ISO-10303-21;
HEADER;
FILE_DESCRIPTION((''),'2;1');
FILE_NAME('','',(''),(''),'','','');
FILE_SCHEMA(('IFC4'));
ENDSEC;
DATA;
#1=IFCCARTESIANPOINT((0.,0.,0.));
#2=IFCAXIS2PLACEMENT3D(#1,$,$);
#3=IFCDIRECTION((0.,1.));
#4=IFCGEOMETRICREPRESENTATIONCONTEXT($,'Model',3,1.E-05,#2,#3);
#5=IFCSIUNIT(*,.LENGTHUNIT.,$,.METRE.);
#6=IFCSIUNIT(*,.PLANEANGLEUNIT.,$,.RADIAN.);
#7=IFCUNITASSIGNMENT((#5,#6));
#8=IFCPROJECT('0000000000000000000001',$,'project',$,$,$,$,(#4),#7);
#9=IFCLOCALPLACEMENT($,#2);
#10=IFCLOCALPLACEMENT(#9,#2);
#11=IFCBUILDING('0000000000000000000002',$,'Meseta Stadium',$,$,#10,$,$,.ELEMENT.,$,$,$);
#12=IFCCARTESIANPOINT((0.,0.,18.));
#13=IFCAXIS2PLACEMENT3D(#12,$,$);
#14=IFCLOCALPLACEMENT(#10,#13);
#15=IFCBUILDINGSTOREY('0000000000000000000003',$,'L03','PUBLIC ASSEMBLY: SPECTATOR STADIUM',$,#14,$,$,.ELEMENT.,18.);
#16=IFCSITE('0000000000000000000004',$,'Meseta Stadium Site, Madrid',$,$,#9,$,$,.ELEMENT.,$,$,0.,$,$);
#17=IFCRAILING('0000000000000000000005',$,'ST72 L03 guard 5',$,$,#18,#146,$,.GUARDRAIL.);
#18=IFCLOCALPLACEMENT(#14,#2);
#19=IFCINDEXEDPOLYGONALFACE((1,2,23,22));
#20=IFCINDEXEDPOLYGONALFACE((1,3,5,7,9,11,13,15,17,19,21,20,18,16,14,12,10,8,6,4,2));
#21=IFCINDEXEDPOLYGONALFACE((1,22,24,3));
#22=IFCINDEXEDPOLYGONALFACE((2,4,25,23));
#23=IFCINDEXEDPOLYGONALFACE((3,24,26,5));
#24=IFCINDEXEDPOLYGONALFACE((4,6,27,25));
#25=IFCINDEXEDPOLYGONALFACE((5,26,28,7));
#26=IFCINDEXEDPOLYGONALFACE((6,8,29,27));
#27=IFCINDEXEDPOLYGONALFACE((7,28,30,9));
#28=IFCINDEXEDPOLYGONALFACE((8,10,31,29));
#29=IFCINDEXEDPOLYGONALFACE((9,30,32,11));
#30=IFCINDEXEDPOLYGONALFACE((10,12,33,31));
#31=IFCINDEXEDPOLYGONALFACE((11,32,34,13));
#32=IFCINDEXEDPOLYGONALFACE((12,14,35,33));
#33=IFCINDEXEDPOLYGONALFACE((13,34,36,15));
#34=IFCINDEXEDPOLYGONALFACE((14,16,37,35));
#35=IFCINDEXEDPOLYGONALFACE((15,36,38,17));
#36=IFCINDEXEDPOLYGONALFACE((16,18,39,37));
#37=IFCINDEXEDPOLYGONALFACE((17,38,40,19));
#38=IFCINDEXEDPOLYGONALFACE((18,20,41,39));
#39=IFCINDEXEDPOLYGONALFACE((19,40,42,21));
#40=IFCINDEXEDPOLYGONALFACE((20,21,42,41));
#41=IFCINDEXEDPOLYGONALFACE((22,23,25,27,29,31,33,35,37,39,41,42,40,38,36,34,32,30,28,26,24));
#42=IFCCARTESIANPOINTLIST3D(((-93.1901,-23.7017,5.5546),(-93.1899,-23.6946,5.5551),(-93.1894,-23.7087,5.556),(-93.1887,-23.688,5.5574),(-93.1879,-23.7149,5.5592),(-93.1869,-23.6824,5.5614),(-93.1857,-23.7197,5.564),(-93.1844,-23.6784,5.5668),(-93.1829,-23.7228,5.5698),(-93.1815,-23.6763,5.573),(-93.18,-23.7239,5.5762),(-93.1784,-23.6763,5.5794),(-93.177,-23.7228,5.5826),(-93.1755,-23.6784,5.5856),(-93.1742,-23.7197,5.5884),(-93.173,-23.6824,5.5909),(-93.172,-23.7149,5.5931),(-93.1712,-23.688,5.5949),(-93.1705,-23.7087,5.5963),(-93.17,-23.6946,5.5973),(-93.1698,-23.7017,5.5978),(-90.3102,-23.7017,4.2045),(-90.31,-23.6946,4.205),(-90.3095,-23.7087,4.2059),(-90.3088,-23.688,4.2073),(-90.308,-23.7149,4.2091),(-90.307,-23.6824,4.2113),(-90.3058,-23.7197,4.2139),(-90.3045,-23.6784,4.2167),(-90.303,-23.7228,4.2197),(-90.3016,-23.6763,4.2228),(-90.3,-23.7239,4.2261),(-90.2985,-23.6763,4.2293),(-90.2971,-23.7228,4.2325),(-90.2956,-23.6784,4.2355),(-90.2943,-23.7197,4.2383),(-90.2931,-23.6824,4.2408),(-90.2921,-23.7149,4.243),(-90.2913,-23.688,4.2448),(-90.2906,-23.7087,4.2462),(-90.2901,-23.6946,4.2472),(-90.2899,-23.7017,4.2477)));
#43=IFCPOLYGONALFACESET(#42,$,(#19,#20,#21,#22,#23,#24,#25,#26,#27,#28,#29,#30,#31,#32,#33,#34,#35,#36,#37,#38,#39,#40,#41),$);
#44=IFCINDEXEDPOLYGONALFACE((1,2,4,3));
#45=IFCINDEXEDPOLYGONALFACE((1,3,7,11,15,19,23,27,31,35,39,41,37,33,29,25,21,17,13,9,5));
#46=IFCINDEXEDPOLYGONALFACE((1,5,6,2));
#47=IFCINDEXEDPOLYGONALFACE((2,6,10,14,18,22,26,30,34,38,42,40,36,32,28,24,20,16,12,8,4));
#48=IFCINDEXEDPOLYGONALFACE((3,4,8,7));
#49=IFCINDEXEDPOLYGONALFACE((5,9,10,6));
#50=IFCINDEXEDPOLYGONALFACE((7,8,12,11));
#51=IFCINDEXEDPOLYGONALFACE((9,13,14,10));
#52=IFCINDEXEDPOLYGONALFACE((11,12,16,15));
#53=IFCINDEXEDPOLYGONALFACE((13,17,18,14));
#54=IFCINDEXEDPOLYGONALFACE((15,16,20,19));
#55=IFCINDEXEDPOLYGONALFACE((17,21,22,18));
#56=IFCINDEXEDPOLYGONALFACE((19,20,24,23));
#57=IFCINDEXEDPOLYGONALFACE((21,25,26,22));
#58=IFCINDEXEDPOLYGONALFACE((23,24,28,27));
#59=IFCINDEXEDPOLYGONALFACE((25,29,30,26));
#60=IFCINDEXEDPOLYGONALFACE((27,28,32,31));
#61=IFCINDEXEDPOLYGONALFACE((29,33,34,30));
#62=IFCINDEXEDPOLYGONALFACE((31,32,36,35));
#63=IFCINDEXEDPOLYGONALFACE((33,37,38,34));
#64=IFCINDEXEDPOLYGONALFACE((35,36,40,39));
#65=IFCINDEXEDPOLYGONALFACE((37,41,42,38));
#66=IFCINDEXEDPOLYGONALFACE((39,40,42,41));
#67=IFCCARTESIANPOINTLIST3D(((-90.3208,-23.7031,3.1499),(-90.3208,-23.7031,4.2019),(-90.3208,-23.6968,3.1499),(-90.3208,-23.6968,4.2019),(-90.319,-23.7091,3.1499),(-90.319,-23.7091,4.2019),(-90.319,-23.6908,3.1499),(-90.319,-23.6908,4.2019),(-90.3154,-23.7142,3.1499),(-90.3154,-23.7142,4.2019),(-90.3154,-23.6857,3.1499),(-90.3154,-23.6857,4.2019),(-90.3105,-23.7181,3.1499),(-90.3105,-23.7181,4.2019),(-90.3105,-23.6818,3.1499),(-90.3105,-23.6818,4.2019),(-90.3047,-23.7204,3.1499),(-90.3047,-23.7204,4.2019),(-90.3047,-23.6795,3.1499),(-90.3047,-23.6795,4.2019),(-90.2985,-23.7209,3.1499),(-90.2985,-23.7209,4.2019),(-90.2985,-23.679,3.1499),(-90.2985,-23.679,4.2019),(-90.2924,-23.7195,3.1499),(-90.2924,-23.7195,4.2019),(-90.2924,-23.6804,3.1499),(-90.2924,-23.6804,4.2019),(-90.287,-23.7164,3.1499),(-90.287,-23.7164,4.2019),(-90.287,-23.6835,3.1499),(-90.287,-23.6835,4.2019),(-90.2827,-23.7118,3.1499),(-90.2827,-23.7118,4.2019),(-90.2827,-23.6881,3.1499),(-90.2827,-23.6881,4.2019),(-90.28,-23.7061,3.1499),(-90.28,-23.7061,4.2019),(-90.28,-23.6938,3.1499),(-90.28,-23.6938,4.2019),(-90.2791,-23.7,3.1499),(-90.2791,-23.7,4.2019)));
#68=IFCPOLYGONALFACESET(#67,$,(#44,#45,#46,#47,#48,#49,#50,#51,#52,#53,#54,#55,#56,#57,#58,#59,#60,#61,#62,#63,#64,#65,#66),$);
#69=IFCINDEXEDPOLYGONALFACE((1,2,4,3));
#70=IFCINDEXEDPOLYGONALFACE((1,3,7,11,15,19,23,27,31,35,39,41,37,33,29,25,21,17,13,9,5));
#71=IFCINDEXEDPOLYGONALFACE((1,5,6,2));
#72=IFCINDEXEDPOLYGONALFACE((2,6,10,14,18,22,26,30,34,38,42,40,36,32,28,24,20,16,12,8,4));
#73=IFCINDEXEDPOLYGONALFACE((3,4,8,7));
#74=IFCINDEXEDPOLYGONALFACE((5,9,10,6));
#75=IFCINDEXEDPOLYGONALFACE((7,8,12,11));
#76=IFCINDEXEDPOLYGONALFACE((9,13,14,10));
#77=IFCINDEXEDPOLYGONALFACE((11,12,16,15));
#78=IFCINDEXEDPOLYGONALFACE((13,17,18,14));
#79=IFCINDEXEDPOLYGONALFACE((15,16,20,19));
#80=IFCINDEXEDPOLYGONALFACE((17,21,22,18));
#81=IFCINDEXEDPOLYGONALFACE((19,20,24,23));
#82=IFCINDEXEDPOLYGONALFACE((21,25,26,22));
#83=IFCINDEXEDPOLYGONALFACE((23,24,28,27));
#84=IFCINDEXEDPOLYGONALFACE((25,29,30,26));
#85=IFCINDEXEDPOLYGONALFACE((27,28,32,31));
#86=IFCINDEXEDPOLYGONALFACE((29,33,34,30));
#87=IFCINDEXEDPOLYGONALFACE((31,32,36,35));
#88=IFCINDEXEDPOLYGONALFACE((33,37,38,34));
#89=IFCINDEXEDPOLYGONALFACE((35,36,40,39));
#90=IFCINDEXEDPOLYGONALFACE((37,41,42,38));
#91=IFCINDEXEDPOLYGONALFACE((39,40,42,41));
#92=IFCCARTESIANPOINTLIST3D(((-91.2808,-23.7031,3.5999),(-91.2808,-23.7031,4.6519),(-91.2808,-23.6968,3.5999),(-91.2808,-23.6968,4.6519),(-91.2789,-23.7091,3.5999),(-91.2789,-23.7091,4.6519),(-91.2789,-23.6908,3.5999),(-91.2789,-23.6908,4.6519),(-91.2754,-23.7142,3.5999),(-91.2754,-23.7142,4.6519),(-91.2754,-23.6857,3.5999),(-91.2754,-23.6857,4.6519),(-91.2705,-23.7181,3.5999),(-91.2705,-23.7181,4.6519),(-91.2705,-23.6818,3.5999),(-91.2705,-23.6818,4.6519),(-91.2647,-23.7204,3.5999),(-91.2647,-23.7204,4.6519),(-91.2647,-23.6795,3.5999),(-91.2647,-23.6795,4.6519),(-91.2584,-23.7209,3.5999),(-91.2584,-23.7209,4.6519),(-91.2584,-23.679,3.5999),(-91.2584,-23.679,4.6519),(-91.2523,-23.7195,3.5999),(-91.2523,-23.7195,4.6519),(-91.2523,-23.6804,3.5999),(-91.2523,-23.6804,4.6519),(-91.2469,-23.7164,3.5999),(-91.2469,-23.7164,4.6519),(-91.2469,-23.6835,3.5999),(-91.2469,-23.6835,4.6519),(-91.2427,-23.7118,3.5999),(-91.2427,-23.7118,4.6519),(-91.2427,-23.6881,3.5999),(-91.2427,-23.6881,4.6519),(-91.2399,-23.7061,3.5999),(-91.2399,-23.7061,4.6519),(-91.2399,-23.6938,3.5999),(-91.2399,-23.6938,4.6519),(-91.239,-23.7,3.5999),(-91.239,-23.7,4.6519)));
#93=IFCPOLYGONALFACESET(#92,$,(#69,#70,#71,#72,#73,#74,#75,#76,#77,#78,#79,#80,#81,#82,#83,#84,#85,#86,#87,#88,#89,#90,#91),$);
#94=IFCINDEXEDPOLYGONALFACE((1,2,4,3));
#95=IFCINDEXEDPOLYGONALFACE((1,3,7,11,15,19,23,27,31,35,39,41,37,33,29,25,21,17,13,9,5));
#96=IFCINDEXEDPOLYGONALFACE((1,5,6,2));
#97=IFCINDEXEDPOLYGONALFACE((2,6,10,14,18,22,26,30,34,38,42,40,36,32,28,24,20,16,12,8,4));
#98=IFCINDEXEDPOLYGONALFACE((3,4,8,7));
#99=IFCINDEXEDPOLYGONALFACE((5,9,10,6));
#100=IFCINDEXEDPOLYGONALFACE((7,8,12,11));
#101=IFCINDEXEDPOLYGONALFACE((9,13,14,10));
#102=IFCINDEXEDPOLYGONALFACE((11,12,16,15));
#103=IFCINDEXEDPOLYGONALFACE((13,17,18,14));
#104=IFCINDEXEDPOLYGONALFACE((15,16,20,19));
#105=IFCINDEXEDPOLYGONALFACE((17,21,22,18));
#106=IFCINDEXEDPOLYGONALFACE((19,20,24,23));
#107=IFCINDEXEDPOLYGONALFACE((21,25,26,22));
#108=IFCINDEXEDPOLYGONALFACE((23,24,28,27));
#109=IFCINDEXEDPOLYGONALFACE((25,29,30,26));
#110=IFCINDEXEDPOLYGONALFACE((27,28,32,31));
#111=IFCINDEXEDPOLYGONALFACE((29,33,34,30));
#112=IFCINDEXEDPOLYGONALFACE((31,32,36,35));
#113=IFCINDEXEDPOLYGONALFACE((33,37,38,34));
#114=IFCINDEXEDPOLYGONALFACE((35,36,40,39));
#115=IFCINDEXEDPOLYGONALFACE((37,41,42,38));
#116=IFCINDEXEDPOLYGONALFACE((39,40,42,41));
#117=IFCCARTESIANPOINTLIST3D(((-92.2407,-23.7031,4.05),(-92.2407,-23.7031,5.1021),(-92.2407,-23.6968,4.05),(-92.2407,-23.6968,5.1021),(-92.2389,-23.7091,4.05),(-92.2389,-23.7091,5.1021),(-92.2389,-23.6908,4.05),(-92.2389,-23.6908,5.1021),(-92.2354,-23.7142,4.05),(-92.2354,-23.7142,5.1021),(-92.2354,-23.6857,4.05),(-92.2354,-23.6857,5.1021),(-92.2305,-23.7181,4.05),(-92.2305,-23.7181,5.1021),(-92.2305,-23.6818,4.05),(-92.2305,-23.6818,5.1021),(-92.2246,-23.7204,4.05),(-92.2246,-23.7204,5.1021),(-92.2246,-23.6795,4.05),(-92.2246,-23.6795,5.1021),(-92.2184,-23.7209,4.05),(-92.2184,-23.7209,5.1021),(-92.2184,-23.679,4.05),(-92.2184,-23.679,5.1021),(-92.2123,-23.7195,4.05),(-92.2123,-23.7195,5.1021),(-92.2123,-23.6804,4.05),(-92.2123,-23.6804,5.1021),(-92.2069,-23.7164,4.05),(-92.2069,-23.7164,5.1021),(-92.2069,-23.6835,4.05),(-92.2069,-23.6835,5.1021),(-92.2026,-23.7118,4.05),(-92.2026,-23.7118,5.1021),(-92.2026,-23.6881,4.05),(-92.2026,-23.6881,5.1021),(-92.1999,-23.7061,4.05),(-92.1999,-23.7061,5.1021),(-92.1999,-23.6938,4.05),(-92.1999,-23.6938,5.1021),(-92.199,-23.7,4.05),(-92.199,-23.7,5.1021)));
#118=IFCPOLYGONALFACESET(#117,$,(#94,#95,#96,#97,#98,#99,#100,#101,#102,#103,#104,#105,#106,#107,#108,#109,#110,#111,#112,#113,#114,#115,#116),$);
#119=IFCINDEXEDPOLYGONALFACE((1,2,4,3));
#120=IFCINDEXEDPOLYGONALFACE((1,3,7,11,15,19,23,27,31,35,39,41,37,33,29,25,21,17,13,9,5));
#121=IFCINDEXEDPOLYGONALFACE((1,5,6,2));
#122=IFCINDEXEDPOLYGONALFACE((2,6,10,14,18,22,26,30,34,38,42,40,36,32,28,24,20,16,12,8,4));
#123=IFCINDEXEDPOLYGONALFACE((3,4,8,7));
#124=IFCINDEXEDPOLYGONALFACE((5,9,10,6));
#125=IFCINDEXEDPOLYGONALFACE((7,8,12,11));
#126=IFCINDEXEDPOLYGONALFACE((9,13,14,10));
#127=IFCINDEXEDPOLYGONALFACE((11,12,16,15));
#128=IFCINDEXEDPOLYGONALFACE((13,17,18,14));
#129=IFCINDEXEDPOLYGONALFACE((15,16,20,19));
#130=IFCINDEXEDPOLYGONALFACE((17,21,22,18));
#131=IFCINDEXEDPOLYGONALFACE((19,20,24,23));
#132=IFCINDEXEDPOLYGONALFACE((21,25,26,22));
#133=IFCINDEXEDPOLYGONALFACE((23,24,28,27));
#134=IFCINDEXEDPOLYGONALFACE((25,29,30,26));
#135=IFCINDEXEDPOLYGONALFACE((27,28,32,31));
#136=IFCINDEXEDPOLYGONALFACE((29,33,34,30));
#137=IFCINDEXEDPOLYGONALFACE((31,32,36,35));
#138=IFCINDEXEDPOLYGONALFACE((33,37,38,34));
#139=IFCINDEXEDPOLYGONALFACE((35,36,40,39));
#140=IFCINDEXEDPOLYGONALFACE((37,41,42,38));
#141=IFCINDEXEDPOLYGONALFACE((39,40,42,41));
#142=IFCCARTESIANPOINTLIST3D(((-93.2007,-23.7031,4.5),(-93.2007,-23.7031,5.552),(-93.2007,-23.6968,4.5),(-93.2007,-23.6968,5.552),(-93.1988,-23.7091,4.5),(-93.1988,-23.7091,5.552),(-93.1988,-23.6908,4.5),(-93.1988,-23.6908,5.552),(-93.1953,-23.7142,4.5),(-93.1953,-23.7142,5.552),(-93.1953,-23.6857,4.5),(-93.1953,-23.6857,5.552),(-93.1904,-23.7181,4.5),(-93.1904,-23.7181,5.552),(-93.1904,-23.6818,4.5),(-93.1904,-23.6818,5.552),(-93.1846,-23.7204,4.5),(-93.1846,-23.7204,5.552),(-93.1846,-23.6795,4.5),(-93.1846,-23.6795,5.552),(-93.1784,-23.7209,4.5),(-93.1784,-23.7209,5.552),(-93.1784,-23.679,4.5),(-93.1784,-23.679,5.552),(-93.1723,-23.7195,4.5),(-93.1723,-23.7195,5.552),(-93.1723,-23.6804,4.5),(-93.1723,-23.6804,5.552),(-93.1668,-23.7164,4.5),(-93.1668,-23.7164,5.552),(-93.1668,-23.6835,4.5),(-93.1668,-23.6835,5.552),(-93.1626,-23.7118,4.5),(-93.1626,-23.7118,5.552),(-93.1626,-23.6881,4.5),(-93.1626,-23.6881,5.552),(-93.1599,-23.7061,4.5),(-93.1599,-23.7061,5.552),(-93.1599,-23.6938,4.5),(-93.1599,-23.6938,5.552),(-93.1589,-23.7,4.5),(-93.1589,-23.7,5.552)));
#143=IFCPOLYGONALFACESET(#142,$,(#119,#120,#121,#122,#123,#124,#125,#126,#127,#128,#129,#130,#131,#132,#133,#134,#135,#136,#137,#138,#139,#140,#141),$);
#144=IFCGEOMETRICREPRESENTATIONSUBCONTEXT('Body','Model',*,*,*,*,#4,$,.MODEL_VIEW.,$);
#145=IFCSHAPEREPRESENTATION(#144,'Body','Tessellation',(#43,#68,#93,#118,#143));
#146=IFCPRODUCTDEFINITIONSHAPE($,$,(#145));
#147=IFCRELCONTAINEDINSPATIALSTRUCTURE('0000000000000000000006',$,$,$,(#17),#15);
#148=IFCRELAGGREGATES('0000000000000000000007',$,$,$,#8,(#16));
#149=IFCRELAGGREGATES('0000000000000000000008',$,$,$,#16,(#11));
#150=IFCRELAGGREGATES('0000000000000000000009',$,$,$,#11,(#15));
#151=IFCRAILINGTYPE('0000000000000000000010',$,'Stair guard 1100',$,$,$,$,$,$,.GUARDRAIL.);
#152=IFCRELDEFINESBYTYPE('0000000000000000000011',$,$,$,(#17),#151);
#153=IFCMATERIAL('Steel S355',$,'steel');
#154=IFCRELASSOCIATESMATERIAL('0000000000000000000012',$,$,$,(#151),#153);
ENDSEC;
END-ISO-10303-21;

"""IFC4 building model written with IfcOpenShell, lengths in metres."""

from ifc_helpers import new_model, si_unit, direction, frame, origin, origin_2d, place, context, subcontext, project, spatial, circle, extrude, material, type_object, element, save


model = new_model("IFC4")

# Units and contexts
model_context = context("Model", 3, precision=1e-05, world=origin(), true_north=direction((0.0, 1.0)))
body_context = subcontext(model_context, "Body", "Model", "MODEL_VIEW")
ifc_project = project(units=[si_unit("LENGTHUNIT", "METRE"), si_unit("PLANEANGLEUNIT", "RADIAN")], contexts=[model_context])

# Site, building, storey
site_placement = place(None, origin())
site = spatial("IfcSite", under=ifc_project, at=site_placement, Name="Meseta Stadium Site, Madrid", CompositionType="ELEMENT", RefElevation=0.0)
building_placement = place(site_placement, origin())
building = spatial("IfcBuilding", under=site, at=building_placement, Name="Meseta Stadium", CompositionType="ELEMENT")
storey_placement = place(building_placement, frame((0.0, 0.0, 18.0)))
storey = spatial("IfcBuildingStorey", under=building, at=storey_placement, Name="L03", Description="PUBLIC ASSEMBLY: SPECTATOR STADIUM", CompositionType="ELEMENT", Elevation=18.0)

# Railing
ifc_material_1 = material(Name="Steel S355", Category="steel")
railing_type_1 = type_object("IfcRailingType", Name="Stair guard 1100", PredefinedType="GUARDRAIL", material=ifc_material_1)
railing_1_placement = place(storey_placement, frame((-90.3, -23.7, 3.1499)))
element("IfcRailing", 1, at=railing_1_placement, inside=storey, type_object=railing_type_1, Name="ST72 L03 guard 5", PredefinedType="GUARDRAIL", context=body_context, shape_type="SweptSolid", body=[
    extrude(circle(Radius=0.0239, at=origin_2d()), frame((0.0, 0.0, 1.0762), z_axis=(-0.90544, 0.0, 0.424473), x_axis=(0.0, -1.0, 0.0)), (0.0, 0.0, 1.0), 3.1807),
    extrude(circle(Radius=0.021, at=origin_2d()), origin(), (0.0, 0.0, 1.0), 1.052),
    extrude(circle(Radius=0.021, at=origin_2d()), frame((-0.96, 0.0, 0.45)), (0.0, 0.0, 1.0), 1.052),
    extrude(circle(Radius=0.021, at=origin_2d()), frame((-1.9199, 0.0, 0.9001)), (0.0, 0.0, 1.0), 1.052),
    extrude(circle(Radius=0.021, at=origin_2d()), frame((-2.8799, 0.0, 1.3501)), (0.0, 0.0, 1.0), 1.052),
])

save(model, "model.ifc")
